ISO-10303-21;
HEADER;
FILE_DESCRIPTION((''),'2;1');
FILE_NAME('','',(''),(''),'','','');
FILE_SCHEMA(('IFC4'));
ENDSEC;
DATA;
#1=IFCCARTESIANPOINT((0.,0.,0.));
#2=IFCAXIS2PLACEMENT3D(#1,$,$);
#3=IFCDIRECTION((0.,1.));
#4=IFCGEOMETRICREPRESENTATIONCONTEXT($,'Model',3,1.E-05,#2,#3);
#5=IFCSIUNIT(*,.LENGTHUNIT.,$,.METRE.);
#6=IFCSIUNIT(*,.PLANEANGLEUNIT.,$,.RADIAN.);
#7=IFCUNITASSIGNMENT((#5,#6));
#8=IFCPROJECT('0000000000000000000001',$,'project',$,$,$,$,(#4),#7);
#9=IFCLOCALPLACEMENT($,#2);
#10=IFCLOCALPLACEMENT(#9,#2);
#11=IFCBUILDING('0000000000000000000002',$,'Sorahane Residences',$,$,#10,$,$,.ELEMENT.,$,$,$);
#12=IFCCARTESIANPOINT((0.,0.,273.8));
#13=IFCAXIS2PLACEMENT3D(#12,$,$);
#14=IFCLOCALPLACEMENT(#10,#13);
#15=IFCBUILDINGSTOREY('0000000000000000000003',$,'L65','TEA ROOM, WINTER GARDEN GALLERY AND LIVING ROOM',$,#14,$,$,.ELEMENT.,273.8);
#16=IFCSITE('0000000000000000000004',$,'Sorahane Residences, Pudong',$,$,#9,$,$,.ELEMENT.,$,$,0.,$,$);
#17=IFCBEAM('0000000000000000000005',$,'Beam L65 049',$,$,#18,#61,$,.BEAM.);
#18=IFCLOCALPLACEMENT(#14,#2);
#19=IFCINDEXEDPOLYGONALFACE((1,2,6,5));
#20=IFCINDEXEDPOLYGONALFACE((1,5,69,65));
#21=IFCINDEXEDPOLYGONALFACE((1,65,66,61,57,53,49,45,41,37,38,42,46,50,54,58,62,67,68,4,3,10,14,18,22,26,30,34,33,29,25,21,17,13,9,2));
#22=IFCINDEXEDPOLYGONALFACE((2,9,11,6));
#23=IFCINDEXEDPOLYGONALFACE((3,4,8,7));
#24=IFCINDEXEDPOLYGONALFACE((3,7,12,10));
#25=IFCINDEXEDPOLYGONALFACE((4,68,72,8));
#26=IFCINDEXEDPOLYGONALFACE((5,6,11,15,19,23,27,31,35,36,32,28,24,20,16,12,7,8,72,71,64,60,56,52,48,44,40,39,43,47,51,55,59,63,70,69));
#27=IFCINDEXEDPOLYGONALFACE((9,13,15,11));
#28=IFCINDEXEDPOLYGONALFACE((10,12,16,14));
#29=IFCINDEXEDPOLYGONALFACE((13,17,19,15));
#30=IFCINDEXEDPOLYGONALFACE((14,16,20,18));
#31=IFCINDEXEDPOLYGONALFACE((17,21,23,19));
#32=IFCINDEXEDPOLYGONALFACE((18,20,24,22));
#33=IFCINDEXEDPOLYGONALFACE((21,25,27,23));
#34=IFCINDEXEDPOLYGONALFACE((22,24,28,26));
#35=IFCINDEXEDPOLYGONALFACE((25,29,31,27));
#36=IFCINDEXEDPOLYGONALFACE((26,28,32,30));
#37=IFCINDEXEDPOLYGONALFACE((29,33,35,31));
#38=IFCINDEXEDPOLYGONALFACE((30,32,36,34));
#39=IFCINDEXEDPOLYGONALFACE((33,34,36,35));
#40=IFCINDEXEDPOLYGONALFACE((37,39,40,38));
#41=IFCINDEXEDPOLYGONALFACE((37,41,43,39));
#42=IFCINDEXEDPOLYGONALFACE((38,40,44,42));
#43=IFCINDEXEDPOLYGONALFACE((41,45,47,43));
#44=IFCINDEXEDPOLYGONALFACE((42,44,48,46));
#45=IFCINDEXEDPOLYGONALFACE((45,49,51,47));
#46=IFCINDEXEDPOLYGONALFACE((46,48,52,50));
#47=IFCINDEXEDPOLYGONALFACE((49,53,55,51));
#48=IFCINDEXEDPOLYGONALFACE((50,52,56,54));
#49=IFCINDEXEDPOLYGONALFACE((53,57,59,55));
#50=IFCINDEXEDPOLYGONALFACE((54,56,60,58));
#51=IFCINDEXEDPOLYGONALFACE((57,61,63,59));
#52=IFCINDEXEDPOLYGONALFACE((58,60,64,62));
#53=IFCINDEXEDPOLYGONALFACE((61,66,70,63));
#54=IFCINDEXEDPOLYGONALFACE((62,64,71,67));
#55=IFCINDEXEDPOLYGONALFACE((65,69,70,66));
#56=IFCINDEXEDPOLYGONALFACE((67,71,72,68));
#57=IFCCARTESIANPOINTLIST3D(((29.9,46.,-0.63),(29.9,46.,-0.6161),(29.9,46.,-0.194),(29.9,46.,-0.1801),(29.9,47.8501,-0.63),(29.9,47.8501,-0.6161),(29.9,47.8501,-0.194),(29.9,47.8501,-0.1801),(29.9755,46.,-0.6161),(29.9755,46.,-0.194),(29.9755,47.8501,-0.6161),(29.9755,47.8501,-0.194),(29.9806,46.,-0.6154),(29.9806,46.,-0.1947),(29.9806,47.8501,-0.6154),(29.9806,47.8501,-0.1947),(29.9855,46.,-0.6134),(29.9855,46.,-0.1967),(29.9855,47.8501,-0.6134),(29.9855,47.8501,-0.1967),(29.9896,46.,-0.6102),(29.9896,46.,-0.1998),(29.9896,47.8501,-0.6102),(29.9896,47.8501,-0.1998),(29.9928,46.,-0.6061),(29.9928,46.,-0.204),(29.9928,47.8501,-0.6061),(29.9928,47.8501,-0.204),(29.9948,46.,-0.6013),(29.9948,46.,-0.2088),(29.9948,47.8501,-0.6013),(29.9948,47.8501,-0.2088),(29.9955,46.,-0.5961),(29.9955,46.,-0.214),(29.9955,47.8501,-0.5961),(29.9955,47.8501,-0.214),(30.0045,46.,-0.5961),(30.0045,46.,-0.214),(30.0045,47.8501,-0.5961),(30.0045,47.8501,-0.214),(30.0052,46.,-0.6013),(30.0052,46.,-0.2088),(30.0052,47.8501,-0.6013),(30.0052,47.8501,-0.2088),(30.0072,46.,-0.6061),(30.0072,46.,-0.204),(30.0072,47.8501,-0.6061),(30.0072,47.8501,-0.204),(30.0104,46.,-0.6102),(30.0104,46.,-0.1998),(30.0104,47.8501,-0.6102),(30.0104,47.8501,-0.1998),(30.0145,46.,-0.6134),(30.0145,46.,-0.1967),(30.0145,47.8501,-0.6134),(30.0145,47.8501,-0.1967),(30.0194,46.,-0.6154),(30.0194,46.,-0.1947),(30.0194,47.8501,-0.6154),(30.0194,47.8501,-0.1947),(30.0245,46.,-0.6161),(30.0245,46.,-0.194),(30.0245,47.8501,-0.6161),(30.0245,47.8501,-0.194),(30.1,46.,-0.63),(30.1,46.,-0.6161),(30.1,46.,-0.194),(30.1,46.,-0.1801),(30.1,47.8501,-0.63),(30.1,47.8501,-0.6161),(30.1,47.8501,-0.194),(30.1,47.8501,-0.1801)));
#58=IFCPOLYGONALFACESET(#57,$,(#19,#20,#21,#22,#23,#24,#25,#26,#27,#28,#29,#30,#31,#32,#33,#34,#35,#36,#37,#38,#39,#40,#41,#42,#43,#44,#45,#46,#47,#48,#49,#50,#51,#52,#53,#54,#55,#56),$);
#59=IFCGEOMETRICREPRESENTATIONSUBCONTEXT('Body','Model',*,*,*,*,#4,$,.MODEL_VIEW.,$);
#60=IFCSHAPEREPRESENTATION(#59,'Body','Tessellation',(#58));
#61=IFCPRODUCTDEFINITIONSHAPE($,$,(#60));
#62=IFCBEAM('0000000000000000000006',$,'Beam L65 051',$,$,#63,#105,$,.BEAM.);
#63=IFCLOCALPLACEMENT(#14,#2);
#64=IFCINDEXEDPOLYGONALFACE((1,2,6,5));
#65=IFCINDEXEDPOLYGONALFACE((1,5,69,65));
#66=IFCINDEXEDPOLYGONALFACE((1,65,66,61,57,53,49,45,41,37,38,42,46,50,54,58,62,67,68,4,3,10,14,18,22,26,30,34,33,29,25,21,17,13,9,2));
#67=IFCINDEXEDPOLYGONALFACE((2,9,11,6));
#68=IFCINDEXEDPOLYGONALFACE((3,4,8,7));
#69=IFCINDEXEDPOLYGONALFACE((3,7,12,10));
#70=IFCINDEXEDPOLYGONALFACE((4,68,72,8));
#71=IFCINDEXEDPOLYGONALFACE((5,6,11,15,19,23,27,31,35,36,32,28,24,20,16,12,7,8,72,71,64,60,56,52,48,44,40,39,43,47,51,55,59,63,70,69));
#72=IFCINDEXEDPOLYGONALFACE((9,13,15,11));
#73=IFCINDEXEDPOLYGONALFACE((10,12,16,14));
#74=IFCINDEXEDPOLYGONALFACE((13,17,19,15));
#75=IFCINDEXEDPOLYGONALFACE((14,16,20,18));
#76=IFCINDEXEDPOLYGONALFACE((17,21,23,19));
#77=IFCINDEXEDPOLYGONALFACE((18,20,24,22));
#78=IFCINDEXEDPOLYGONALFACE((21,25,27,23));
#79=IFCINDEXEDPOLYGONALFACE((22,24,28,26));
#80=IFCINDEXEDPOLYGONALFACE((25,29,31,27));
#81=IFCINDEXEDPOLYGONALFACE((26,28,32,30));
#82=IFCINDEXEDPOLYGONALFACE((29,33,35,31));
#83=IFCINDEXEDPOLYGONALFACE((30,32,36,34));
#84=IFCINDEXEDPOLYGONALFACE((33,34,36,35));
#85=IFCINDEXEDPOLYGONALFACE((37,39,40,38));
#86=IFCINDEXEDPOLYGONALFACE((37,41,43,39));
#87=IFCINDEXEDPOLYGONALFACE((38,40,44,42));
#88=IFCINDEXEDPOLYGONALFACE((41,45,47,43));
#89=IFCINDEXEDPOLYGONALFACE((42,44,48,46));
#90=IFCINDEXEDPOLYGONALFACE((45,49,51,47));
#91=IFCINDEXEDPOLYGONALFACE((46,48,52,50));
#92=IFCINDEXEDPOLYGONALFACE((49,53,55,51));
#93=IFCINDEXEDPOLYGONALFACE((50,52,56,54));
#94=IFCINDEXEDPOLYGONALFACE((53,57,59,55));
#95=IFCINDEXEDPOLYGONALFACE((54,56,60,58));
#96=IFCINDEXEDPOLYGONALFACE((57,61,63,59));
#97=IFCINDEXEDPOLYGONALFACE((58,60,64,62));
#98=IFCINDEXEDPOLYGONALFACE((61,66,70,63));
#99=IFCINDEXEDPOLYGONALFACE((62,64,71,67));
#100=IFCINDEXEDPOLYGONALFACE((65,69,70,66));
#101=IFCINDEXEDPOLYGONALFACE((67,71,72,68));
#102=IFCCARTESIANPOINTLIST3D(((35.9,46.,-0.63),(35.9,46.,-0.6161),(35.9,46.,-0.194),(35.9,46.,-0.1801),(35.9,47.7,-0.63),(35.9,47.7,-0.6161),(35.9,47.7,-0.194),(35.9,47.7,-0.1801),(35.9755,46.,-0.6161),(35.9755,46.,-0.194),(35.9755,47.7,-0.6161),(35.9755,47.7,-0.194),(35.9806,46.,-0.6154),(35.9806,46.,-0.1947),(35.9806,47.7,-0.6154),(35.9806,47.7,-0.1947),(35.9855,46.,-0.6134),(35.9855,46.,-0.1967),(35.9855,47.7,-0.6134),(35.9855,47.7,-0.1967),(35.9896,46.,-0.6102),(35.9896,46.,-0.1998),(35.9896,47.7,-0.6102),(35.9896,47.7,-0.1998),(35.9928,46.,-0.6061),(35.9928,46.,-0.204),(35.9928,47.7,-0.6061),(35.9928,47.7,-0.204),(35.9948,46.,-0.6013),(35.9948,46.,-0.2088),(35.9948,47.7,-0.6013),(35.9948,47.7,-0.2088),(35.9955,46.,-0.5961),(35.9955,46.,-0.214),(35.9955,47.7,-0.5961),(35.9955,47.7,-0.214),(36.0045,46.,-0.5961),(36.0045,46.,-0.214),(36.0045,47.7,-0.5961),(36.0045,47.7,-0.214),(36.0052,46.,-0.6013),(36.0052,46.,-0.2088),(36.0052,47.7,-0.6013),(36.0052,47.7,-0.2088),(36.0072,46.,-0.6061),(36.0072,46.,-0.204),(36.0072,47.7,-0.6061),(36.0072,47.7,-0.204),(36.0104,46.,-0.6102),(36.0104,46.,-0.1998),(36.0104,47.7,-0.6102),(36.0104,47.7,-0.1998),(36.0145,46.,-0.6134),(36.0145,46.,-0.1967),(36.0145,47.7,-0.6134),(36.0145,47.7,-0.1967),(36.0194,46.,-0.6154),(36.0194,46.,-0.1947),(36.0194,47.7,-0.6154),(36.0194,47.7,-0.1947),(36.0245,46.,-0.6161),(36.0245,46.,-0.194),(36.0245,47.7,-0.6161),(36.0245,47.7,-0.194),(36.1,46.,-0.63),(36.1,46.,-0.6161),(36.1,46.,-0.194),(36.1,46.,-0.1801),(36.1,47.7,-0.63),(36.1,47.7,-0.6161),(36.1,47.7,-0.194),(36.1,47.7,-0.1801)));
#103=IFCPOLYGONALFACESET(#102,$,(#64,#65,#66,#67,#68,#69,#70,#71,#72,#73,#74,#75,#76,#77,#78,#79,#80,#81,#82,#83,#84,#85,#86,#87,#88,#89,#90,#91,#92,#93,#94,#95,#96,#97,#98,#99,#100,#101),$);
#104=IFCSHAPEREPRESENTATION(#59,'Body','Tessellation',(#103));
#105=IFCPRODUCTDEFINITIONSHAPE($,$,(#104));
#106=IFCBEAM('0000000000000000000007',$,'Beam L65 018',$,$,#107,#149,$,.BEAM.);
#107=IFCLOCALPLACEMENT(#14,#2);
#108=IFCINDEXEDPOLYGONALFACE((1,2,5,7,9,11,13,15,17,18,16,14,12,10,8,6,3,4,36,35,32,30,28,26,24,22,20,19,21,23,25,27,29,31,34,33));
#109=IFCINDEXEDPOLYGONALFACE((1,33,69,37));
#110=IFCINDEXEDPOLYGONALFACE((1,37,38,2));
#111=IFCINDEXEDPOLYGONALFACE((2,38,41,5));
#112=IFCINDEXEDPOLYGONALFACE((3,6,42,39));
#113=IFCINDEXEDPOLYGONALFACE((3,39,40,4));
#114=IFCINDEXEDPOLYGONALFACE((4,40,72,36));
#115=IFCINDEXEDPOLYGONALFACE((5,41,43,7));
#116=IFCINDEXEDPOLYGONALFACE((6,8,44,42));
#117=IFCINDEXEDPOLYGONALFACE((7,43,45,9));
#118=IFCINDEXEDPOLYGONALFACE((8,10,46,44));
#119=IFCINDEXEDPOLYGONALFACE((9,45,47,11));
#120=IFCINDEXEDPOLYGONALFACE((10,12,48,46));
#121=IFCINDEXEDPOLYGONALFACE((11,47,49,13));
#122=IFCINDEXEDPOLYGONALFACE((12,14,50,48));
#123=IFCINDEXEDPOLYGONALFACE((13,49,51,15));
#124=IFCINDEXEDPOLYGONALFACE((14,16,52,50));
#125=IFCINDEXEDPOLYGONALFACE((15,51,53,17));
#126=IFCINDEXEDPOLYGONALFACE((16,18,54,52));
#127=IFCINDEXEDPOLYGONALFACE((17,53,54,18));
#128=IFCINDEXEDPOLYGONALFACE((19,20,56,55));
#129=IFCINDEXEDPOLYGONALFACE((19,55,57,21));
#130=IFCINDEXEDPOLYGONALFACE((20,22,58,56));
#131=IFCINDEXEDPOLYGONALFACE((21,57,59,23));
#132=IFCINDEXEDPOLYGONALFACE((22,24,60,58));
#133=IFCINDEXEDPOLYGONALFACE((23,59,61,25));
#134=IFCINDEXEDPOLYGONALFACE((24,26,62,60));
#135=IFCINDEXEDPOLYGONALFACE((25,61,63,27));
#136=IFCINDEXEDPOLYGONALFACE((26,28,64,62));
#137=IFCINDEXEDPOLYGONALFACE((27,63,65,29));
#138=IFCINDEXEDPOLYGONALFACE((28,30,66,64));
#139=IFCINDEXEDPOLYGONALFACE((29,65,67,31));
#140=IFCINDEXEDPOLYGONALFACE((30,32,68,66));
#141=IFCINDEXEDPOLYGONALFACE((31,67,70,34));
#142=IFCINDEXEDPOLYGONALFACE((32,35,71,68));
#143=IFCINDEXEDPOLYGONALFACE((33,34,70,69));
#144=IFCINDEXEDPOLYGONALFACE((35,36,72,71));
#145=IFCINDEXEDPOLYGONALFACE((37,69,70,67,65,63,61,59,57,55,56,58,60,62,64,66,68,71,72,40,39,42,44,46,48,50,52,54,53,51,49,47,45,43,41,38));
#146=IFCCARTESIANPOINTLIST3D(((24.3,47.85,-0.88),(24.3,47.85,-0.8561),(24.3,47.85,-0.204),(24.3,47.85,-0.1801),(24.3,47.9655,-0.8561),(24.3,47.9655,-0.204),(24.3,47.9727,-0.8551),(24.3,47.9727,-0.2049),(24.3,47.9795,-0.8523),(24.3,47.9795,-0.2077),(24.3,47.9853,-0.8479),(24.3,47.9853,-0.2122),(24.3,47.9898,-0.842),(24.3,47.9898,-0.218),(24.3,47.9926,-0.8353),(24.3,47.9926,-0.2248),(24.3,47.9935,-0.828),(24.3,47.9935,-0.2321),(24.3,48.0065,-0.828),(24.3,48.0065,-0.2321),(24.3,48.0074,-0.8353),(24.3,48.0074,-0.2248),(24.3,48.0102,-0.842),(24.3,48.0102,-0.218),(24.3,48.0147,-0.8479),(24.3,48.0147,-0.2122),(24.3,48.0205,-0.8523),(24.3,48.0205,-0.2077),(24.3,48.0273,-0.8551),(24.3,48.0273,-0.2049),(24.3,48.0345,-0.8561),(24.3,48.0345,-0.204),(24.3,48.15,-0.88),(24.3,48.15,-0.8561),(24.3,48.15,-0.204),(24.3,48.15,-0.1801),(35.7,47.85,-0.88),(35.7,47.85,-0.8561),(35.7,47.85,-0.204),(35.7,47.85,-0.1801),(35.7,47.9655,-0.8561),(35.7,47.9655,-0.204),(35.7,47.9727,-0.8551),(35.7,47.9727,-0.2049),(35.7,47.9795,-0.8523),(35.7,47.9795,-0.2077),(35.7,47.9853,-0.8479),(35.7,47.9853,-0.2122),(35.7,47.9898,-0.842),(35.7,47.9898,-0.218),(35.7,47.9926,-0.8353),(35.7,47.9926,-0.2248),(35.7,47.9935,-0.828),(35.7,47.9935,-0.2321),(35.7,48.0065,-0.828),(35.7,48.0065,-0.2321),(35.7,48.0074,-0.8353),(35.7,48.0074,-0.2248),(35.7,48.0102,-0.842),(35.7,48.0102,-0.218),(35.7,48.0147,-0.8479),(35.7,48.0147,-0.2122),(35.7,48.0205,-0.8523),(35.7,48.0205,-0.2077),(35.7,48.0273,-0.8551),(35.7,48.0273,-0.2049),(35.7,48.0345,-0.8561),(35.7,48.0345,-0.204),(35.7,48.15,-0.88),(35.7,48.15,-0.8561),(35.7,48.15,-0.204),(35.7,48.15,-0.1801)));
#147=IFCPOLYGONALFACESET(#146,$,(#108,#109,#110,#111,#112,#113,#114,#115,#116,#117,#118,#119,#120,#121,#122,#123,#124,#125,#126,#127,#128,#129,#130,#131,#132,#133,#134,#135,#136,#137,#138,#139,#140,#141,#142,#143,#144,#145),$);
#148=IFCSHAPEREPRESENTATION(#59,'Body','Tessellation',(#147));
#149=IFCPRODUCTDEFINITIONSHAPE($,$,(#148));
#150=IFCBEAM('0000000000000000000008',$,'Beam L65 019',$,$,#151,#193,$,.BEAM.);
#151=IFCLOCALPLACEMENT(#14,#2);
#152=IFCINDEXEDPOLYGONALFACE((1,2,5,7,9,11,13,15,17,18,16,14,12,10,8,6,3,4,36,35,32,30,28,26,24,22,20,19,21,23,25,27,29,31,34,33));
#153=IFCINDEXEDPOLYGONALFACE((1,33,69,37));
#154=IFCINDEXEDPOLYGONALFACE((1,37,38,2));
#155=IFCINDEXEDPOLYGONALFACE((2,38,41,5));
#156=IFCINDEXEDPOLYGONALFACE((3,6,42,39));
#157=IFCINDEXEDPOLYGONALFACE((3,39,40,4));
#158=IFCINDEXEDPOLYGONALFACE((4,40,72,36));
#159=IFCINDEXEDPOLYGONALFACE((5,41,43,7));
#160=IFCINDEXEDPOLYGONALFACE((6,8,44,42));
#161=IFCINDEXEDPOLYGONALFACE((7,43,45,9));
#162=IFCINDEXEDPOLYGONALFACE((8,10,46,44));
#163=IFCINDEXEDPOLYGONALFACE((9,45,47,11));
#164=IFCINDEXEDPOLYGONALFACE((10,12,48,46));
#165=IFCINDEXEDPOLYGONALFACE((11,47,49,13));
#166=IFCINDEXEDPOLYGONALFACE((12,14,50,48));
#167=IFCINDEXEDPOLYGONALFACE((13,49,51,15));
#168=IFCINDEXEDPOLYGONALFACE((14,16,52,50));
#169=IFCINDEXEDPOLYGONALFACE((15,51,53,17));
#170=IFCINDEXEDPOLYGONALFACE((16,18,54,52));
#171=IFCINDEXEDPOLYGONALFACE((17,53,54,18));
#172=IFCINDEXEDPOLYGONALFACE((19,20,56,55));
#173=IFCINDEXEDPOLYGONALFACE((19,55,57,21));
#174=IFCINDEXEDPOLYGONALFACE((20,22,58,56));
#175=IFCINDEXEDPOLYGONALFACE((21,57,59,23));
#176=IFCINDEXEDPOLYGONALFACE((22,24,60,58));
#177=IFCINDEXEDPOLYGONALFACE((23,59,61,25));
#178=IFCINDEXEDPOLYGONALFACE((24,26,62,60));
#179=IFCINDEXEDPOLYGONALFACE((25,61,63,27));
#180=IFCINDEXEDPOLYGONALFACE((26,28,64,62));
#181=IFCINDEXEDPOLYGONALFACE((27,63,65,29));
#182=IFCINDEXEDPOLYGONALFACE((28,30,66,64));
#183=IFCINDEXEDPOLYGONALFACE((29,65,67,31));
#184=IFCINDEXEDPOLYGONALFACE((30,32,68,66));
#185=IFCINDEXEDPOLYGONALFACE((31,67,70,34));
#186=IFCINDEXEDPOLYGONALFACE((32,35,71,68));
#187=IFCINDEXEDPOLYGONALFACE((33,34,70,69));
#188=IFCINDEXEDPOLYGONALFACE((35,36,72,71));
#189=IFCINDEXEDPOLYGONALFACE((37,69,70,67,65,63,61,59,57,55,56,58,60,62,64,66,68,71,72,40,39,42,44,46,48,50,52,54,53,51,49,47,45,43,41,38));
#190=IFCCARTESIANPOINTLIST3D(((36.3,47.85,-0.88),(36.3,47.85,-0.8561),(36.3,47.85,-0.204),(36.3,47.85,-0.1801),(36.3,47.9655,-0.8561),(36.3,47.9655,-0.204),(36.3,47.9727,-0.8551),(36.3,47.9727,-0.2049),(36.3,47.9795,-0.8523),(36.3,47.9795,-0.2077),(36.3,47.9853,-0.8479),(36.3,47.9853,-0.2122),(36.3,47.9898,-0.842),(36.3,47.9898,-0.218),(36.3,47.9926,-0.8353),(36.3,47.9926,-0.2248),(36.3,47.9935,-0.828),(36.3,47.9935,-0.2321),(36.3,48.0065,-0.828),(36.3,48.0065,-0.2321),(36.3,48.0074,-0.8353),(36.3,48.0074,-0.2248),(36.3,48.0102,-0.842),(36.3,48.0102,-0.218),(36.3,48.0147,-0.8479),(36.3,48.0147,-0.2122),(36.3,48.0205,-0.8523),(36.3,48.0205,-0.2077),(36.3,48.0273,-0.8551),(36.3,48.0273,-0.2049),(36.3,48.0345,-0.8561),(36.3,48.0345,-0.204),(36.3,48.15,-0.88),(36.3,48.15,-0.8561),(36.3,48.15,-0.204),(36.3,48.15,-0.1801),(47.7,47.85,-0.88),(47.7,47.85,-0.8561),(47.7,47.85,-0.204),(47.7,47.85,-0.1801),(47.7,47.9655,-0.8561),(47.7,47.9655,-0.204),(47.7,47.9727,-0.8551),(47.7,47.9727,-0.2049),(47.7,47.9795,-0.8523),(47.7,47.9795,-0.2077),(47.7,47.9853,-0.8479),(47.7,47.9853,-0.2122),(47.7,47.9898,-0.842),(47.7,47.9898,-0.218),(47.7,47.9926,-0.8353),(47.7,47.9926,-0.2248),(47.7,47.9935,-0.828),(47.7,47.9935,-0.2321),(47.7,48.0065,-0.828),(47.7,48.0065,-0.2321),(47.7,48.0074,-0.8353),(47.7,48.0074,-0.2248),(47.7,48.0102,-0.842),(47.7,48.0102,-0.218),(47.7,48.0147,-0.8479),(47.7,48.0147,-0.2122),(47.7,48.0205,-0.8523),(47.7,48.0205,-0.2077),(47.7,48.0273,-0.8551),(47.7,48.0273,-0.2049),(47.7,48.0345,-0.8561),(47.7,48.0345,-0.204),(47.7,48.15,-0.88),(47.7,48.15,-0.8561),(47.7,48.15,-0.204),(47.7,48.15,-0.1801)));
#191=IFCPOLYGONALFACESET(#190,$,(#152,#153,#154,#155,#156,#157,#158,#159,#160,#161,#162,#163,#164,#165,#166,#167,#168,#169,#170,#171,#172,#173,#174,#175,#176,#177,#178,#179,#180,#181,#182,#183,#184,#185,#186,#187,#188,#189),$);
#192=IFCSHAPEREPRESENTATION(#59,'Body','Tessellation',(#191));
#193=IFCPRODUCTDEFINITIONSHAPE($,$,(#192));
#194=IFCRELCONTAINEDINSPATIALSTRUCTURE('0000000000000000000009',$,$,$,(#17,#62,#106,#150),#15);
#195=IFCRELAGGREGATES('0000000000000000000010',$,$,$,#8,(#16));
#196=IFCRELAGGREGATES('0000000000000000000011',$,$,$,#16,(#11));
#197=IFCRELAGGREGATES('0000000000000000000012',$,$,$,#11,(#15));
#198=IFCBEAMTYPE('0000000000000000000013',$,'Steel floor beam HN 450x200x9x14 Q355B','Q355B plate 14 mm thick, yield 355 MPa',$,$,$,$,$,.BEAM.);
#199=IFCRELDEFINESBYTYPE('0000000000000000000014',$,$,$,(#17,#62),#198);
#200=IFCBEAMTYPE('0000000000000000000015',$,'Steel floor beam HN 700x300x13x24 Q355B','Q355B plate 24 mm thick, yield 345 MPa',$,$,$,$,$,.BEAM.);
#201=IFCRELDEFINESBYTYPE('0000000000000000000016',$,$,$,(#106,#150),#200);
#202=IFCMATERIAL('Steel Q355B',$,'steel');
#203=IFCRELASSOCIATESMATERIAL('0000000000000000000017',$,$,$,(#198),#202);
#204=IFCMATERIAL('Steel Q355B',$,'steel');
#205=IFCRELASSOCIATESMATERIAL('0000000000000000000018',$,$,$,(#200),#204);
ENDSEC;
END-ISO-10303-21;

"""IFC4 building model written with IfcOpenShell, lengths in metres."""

from ifc_helpers import new_model, si_unit, direction, frame, origin, origin_2d, place, context, subcontext, project, spatial, i_section, extrude, material, material_profile, profile_set, type_object, element, save


model = new_model("IFC4")

# Units and contexts
model_context = context("Model", 3, precision=1e-05, world=origin(), true_north=direction((0.0, 1.0)))
body_context = subcontext(model_context, "Body", "Model", "MODEL_VIEW")
ifc_project = project(units=[si_unit("LENGTHUNIT", "METRE"), si_unit("PLANEANGLEUNIT", "RADIAN")], contexts=[model_context])

# Site, building, storey
site_placement = place(None, origin())
site = spatial("IfcSite", under=ifc_project, at=site_placement, Name="Sorahane Residences, Pudong", CompositionType="ELEMENT", RefElevation=0.0)
building_placement = place(site_placement, origin())
building = spatial("IfcBuilding", under=site, at=building_placement, Name="Sorahane Residences", CompositionType="ELEMENT")
storey_placement = place(building_placement, frame((0.0, 0.0, 273.8)))
storey = spatial("IfcBuildingStorey", under=building, at=storey_placement, Name="L65", Description="TEA ROOM, WINTER GARDEN GALLERY AND LIVING ROOM", CompositionType="ELEMENT", Elevation=273.8)

# Beams
ifc_material_1 = material(Name="Steel Q355B", Category="steel")
ifc_material_profile_1 = material_profile(ifc_material_1, i_section(OverallWidth=0.2, OverallDepth=0.45, WebThickness=0.009, FlangeThickness=0.0139, FilletRadius=0.02, at=origin_2d()), Name="HN 450x200x9x14")
ifc_profile_set_1 = profile_set([ifc_material_profile_1], Name="Steel Q355B")
beam_type_1 = type_object("IfcBeamType", Name="Steel floor beam HN 450x200x9x14 Q355B", Description="Q355B plate 14 mm thick, yield 355 MPa", PredefinedType="BEAM", material=ifc_profile_set_1)
beam_1_placement = place(storey_placement, frame((30.0, 46.0, -0.405), z_axis=(0.0, 1.0, 0.0), x_axis=(-1.0, 0.0, 0.0)))
element("IfcBeam", 1, at=beam_1_placement, inside=storey, type_object=beam_type_1, Name="Beam L65 049", PredefinedType="BEAM", context=body_context, shape_type="SweptSolid", body=[
    extrude(i_section(OverallWidth=0.2, OverallDepth=0.45, WebThickness=0.009, FlangeThickness=0.0139, FilletRadius=0.02, at=origin_2d()), origin(), (0.0, 0.0, 1.0), 1.8501),
])
beam_2_placement = place(storey_placement, frame((36.0, 46.0, -0.405), z_axis=(0.0, 1.0, 0.0), x_axis=(-1.0, 0.0, 0.0)))
element("IfcBeam", 2, at=beam_2_placement, inside=storey, type_object=beam_type_1, Name="Beam L65 051", PredefinedType="BEAM", context=body_context, shape_type="SweptSolid", body=[
    extrude(i_section(OverallWidth=0.2, OverallDepth=0.45, WebThickness=0.009, FlangeThickness=0.0139, FilletRadius=0.02, at=origin_2d()), origin(), (0.0, 0.0, 1.0), 1.7),
])
ifc_material_2 = material(Name="Steel Q355B", Category="steel")
ifc_material_profile_2 = material_profile(ifc_material_2, i_section(OverallWidth=0.3, OverallDepth=0.7, WebThickness=0.0129, FlangeThickness=0.0239, FilletRadius=0.0281, at=origin_2d()), Name="HN 700x300x13x24")
ifc_profile_set_2 = profile_set([ifc_material_profile_2], Name="Steel Q355B")
beam_type_2 = type_object("IfcBeamType", Name="Steel floor beam HN 700x300x13x24 Q355B", Description="Q355B plate 24 mm thick, yield 345 MPa", PredefinedType="BEAM", material=ifc_profile_set_2)
for number, where, z_axis, x_axis, name in (
    (3, (24.3, 48.0, -0.53), (1.0, 0.0, 0.0), (0.0, 1.0, 0.0), "Beam L65 018"),
    (4, (36.3, 48.0, -0.53), (1.0, 0.0, 0.0), (0.0, 1.0, 0.0), "Beam L65 019"),
):
    element("IfcBeam", number, at=place(storey_placement, frame(where, z_axis=z_axis, x_axis=x_axis)), inside=storey, type_object=beam_type_2, Name=name, PredefinedType="BEAM", context=body_context, shape_type="SweptSolid", body=[
        extrude(i_section(OverallWidth=0.3, OverallDepth=0.7, WebThickness=0.0129, FlangeThickness=0.0239, FilletRadius=0.0281, at=origin_2d()), origin(), (0.0, 0.0, 1.0), 11.3999),
    ])

save(model, "model.ifc")
